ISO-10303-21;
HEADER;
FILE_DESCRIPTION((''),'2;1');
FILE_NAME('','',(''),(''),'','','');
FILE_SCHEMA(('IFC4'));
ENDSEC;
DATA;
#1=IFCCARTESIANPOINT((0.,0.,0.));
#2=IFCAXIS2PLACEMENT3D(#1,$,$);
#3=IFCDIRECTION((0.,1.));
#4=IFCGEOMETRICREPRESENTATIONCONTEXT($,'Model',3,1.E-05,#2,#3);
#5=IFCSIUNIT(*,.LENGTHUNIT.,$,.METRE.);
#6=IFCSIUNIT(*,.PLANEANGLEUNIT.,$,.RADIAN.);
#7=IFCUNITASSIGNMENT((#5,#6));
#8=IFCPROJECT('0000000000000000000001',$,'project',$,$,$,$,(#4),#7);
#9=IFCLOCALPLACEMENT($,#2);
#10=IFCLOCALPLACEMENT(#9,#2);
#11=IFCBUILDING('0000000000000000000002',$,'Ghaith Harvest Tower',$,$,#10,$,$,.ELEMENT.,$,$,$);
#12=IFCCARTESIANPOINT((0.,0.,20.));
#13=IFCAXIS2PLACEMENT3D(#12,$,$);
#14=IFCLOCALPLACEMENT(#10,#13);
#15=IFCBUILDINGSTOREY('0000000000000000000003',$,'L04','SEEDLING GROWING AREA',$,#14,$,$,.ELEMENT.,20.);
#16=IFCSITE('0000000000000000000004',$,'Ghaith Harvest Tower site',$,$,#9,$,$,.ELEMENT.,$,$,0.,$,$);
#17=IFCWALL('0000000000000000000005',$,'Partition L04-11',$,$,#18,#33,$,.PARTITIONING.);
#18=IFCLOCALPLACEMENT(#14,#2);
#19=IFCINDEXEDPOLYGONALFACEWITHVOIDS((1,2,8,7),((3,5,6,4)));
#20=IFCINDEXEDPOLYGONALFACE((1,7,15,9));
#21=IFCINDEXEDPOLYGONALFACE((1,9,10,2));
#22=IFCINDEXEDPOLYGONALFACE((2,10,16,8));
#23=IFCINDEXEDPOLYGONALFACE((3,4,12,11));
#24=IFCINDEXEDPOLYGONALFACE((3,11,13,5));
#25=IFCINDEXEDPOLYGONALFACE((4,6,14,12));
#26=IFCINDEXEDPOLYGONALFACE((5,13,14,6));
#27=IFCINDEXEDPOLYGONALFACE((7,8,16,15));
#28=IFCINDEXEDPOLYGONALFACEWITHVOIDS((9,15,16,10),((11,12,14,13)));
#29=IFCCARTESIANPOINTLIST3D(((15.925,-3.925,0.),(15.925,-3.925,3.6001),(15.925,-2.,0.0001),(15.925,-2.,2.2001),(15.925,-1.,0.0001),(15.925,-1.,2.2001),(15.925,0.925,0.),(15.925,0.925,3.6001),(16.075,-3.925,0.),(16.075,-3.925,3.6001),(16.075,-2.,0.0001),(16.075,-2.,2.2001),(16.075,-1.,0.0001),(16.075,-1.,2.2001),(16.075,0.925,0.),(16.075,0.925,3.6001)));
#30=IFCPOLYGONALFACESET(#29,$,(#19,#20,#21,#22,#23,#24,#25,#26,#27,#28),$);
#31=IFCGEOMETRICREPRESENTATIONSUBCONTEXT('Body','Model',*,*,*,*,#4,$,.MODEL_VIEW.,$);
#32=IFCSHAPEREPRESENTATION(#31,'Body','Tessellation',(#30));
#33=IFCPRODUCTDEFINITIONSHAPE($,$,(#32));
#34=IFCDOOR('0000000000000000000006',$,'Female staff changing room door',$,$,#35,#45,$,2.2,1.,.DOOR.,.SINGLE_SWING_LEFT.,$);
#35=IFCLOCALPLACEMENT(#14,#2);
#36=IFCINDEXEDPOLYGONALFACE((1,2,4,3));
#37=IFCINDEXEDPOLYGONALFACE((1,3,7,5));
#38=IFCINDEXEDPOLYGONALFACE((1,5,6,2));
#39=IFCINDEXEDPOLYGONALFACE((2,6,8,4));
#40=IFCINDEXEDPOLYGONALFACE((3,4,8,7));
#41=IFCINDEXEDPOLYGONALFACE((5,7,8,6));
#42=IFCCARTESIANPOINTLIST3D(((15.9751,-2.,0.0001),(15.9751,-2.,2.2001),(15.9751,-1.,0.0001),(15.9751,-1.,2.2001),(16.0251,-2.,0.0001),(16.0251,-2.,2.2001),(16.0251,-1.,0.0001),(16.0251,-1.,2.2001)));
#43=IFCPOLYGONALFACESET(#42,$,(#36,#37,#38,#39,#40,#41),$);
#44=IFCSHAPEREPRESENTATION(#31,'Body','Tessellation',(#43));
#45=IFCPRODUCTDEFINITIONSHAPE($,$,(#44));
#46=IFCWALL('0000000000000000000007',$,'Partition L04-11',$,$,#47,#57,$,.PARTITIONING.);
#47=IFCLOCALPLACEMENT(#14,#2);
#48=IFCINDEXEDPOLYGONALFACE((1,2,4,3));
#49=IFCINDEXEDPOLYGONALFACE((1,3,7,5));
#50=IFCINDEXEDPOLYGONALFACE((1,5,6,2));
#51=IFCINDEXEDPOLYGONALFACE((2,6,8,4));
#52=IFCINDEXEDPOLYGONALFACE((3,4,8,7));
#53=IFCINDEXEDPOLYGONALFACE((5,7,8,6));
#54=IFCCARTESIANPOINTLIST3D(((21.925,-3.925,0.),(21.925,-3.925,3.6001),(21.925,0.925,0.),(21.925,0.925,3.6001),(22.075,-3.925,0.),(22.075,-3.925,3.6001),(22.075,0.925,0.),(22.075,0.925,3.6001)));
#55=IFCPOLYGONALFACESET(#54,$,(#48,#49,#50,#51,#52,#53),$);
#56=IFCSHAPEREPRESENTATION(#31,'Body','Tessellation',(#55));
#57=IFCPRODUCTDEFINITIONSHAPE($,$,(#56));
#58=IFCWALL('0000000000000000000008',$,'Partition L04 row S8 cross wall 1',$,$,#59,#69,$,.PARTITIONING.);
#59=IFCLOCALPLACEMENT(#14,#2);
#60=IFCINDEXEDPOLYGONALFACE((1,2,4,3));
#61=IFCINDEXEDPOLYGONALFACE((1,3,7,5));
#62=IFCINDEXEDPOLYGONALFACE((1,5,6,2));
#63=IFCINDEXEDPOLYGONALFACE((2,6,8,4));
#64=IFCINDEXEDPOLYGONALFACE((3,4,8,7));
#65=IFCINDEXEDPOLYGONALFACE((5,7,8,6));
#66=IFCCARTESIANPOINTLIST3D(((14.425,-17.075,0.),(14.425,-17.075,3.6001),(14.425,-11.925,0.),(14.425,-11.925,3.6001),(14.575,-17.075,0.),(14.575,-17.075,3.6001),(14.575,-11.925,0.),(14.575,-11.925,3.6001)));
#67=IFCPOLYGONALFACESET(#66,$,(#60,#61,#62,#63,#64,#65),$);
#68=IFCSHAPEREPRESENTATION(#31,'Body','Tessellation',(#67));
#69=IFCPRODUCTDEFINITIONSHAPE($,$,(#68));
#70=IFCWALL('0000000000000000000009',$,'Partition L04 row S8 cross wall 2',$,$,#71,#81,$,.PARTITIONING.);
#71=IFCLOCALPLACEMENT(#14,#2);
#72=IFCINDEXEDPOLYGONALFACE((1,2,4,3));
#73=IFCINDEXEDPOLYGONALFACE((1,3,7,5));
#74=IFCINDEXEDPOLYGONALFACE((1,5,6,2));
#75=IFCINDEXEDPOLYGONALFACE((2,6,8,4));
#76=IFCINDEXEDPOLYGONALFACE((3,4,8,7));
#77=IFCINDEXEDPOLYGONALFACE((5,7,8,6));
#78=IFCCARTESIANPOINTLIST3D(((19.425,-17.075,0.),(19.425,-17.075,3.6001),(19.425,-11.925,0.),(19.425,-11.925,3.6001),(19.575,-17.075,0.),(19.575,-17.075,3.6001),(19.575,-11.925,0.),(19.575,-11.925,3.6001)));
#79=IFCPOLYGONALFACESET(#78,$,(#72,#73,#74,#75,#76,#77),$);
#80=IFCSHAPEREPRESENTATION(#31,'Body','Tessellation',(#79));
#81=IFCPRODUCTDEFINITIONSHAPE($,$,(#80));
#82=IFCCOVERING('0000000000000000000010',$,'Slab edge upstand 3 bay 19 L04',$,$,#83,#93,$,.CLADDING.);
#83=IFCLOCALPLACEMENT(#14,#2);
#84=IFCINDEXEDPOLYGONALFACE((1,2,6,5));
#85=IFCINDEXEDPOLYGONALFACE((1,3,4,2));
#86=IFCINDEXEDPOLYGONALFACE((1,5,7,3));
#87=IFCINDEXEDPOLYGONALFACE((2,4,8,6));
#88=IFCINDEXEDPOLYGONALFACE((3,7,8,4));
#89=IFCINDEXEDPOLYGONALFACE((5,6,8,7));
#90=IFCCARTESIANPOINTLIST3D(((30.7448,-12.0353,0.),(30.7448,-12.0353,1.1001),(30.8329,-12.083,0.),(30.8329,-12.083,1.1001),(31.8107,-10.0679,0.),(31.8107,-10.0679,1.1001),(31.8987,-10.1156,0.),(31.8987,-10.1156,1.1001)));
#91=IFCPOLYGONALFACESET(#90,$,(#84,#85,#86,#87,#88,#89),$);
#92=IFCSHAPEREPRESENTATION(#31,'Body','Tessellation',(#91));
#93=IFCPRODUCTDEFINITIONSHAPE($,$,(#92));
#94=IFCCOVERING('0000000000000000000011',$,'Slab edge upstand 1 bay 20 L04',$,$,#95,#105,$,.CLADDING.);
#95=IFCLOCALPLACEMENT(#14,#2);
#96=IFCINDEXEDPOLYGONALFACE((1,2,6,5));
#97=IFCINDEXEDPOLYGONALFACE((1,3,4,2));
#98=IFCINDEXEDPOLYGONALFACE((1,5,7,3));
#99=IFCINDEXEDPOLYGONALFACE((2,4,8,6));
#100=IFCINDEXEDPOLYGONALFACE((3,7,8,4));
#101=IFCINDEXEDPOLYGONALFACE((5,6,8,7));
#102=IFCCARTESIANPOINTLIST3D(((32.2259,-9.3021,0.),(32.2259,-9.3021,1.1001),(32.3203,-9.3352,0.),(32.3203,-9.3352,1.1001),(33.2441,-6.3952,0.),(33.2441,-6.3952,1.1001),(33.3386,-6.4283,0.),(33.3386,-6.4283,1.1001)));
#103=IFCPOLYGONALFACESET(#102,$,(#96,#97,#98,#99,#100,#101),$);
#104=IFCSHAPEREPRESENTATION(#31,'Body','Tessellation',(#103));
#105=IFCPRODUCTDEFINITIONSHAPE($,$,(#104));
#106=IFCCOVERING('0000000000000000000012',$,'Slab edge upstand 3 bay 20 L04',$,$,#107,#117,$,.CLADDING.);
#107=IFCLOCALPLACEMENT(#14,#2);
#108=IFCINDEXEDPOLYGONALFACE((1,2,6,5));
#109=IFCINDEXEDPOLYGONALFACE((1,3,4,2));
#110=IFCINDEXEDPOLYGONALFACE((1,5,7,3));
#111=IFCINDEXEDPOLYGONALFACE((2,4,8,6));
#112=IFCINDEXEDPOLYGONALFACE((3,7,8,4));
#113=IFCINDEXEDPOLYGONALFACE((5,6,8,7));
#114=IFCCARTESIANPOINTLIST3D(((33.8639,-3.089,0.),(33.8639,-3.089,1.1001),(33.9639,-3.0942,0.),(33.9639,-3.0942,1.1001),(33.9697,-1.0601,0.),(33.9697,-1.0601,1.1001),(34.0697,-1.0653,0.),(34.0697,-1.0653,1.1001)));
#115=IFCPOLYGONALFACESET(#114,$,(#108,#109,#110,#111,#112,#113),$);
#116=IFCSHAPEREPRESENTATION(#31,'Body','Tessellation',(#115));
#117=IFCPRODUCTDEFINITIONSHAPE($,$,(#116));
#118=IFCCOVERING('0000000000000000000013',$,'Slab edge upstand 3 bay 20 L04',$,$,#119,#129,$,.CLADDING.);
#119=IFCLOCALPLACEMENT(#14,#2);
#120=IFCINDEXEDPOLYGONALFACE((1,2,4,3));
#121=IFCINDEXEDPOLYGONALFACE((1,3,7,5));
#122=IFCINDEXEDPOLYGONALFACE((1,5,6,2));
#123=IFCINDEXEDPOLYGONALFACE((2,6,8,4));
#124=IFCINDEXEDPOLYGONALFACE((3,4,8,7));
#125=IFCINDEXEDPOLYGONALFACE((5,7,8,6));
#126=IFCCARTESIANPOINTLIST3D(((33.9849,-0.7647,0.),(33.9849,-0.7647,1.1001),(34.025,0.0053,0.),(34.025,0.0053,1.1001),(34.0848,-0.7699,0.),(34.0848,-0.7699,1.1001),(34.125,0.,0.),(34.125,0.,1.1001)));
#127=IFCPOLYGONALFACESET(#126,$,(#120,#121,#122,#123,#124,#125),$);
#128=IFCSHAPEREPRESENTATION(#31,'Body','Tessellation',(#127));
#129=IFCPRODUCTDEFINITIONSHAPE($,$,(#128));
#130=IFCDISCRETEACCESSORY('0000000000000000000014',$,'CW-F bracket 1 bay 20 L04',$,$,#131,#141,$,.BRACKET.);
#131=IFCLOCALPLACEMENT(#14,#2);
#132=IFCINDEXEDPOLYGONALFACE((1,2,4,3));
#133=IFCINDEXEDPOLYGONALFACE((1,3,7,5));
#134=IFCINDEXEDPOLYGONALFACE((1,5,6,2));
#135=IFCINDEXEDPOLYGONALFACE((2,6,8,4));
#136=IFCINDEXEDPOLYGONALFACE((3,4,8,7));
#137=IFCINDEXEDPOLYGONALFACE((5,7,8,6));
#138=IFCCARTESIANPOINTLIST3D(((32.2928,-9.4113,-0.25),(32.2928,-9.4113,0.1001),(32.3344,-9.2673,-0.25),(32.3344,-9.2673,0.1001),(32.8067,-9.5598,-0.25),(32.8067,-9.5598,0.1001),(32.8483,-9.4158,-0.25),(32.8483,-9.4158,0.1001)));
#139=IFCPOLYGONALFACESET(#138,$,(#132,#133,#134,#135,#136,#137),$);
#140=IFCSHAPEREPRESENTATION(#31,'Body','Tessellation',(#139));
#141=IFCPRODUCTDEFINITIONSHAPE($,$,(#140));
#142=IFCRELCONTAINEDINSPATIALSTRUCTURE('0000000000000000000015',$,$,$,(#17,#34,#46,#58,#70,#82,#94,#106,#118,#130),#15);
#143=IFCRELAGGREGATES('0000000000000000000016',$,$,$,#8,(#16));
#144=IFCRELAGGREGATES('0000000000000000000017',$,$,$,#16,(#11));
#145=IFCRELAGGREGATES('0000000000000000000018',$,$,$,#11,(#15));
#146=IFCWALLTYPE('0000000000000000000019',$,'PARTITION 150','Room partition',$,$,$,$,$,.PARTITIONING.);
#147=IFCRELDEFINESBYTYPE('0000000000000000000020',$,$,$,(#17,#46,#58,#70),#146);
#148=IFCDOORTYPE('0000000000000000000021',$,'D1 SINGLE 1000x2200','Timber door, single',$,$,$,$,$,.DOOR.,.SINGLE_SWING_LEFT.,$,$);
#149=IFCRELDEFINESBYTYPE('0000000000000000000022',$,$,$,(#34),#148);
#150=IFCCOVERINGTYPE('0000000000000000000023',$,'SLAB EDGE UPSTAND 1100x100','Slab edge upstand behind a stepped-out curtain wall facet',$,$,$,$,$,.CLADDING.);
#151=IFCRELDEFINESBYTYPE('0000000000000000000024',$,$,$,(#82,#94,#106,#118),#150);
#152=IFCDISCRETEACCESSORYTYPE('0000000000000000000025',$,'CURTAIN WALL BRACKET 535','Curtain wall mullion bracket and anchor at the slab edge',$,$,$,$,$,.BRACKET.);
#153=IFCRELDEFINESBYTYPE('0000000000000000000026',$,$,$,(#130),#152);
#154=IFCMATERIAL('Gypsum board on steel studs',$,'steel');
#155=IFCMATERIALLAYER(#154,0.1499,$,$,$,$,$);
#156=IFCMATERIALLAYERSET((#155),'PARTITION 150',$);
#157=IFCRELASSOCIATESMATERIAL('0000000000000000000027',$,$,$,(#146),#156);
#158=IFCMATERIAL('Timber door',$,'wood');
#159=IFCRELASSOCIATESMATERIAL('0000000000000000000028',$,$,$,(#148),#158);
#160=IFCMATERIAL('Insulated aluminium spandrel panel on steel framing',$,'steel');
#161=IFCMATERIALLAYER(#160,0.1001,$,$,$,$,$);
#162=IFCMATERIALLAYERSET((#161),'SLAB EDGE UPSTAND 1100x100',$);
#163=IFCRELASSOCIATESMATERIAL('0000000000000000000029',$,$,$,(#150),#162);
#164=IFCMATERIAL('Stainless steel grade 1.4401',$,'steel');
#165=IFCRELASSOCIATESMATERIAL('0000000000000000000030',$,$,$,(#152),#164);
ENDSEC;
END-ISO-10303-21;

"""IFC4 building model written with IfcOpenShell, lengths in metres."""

from ifc_helpers import new_model, si_unit, direction, frame, frame_2d, origin, origin_2d, place, context, subcontext, project, spatial, rectangle, extrude, material, layer, layer_set, type_object, element, fill, save


model = new_model("IFC4")

# Units and contexts
model_context = context("Model", 3, precision=1e-05, world=origin(), true_north=direction((0.0, 1.0)))
body_context = subcontext(model_context, "Body", "Model", "MODEL_VIEW")
ifc_project = project(units=[si_unit("LENGTHUNIT", "METRE"), si_unit("PLANEANGLEUNIT", "RADIAN")], contexts=[model_context])

# Site, building, storey
site_placement = place(None, origin())
site = spatial("IfcSite", under=ifc_project, at=site_placement, Name="Ghaith Harvest Tower site", CompositionType="ELEMENT", RefElevation=0.0)
building_placement = place(site_placement, origin())
building = spatial("IfcBuilding", under=site, at=building_placement, Name="Ghaith Harvest Tower", CompositionType="ELEMENT")
storey_placement = place(building_placement, frame((0.0, 0.0, 20.0)))
storey = spatial("IfcBuildingStorey", under=building, at=storey_placement, Name="L04", Description="SEEDLING GROWING AREA", CompositionType="ELEMENT", Elevation=20.0)

# Shared definitions
ifc_material_1 = material(Name="Gypsum board on steel studs", Category="steel")
ifc_layer_1 = layer(ifc_material_1, 0.1499)
ifc_layer_set_1 = layer_set([ifc_layer_1], Name="PARTITION 150")
wall_type = type_object("IfcWallType", Name="PARTITION 150", Description="Room partition", PredefinedType="PARTITIONING", material=ifc_layer_set_1)

# Shared definitions
ifc_material_2 = material(Name="Timber door", Category="wood")
door_type_1 = type_object("IfcDoorType", Name="D1 SINGLE 1000x2200", Description="Timber door, single", OperationType="SINGLE_SWING_LEFT", PredefinedType="DOOR", material=ifc_material_2)

# Wall, opening, door
wall_1_placement = place(storey_placement, frame((16.0, -3.925, 0.0), z_axis=(0.0, 0.0, 1.0), x_axis=(0.0, 1.0, 0.0)))
wall_1 = element("IfcWall", 1, at=wall_1_placement, inside=storey, type_object=wall_type, Name="Partition L04-11", PredefinedType="PARTITIONING", context=body_context, shape_type="SweptSolid", body=[
    extrude(rectangle(XDim=4.8501, YDim=0.1499, at=frame_2d((2.425, 0.0))), origin(), (0.0, 0.0, 1.0), 3.6001),
])
opening_1_placement = place(wall_1_placement, frame((1.925, 0.0, 0.0)))
opening_1 = element("IfcOpeningElement", 2, at=opening_1_placement, cuts=wall_1, PredefinedType="OPENING", context=body_context, shape_type="SweptSolid", body=[
    extrude(rectangle(XDim=1.0, YDim=2.2, at=frame_2d((0.5, 1.1001))), frame((0.0, 0.085, 0.0), z_axis=(0.0, -1.0, 0.0), x_axis=(1.0, 0.0, 0.0)), (0.0, 0.0, 1.0), 0.1699),
])
door_1_placement = place(opening_1_placement, origin())
door_1 = element("IfcDoor", 3, at=door_1_placement, inside=storey, type_object=door_type_1, Name="Female staff changing room door", OperationType="SINGLE_SWING_LEFT", OverallHeight=2.2, OverallWidth=1.0, PredefinedType="DOOR", context=body_context, shape_type="SweptSolid", body=[
    extrude(rectangle(XDim=1.0, YDim=2.2, at=frame_2d((0.5, 1.1001))), frame((0.0, 0.0249, 0.0), z_axis=(0.0, -1.0, 0.0), x_axis=(1.0, 0.0, 0.0)), (0.0, 0.0, 1.0), 0.05),
])
fill(opening_1, door_1)

# Walls
wall_2_placement = place(storey_placement, frame((22.0, -3.925, 0.0), z_axis=(0.0, 0.0, 1.0), x_axis=(0.0, 1.0, 0.0)))
element("IfcWall", 4, at=wall_2_placement, inside=storey, type_object=wall_type, Name="Partition L04-11", PredefinedType="PARTITIONING", context=body_context, shape_type="SweptSolid", body=[
    extrude(rectangle(XDim=4.8501, YDim=0.1499, at=frame_2d((2.425, 0.0))), origin(), (0.0, 0.0, 1.0), 3.6001),
])
for number, where, z_axis, x_axis, name in (
    (5, (14.5, -11.925, 0.0), (0.0, 0.0, 1.0), (0.0, -1.0, 0.0), "Partition L04 row S8 cross wall 1"),
    (6, (19.5, -11.925, 0.0), (0.0, 0.0, 1.0), (0.0, -1.0, 0.0), "Partition L04 row S8 cross wall 2"),
):
    element("IfcWall", number, at=place(storey_placement, frame(where, z_axis=z_axis, x_axis=x_axis)), inside=storey, type_object=wall_type, Name=name, PredefinedType="PARTITIONING", context=body_context, shape_type="SweptSolid", body=[
        extrude(rectangle(XDim=5.1499, YDim=0.1499, at=frame_2d((2.575, 0.0))), origin(), (0.0, 0.0, 1.0), 3.6001),
    ])

# Coverings
ifc_material_3 = material(Name="Insulated aluminium spandrel panel on steel framing", Category="steel")
ifc_layer_2 = layer(ifc_material_3, 0.1001)
ifc_layer_set_2 = layer_set([ifc_layer_2], Name="SLAB EDGE UPSTAND 1100x100")
covering_type = type_object("IfcCoveringType", Name="SLAB EDGE UPSTAND 1100x100", Description="Slab edge upstand behind a stepped-out curtain wall facet", PredefinedType="CLADDING", material=ifc_layer_set_2)
covering_1_placement = place(storey_placement, frame((31.3218, -11.0754, 0.0), z_axis=(0.0, 0.0, 1.0), x_axis=(0.476349, 0.879256, 0.0)))
element("IfcCovering", 7, at=covering_1_placement, inside=storey, type_object=covering_type, Name="Slab edge upstand 3 bay 19 L04", PredefinedType="CLADDING", context=body_context, shape_type="SweptSolid", body=[
    extrude(rectangle(XDim=2.2375, YDim=0.1001, at=origin_2d()), origin(), (0.0, 0.0, 1.0), 1.1001),
])
covering_2_placement = place(storey_placement, frame((32.7822, -7.8652, 0.0), z_axis=(0.0, 0.0, 1.0), x_axis=(0.330598, 0.943772, 0.0)))
element("IfcCovering", 8, at=covering_2_placement, inside=storey, type_object=covering_type, Name="Slab edge upstand 1 bay 20 L04", PredefinedType="CLADDING", context=body_context, shape_type="SweptSolid", body=[
    extrude(rectangle(XDim=3.0801, YDim=0.1001, at=origin_2d()), origin(), (0.0, 0.0, 1.0), 1.1001),
])
covering_3_placement = place(storey_placement, frame((33.9668, -2.0771, 0.0), z_axis=(0.0, 0.0, 1.0), x_axis=(0.052049, 0.998645, 0.0)))
element("IfcCovering", 9, at=covering_3_placement, inside=storey, type_object=covering_type, Name="Slab edge upstand 3 bay 20 L04", PredefinedType="CLADDING", context=body_context, shape_type="SweptSolid", body=[
    extrude(rectangle(XDim=2.0317, YDim=0.1001, at=origin_2d()), origin(), (0.0, 0.0, 1.0), 1.1001),
])
covering_4_placement = place(storey_placement, frame((34.0549, -0.3823, 0.0), z_axis=(0.0, 0.0, 1.0), x_axis=(0.052049, 0.998645, 0.0)))
element("IfcCovering", 10, at=covering_4_placement, inside=storey, type_object=covering_type, Name="Slab edge upstand 3 bay 20 L04", PredefinedType="CLADDING", context=body_context, shape_type="SweptSolid", body=[
    extrude(rectangle(XDim=0.771, YDim=0.1001, at=origin_2d()), origin(), (0.0, 0.0, 1.0), 1.1001),
])

# Discrete accessory
ifc_material_4 = material(Name="Stainless steel grade 1.4401", Category="steel")
discrete_accessory_type = type_object("IfcDiscreteAccessoryType", Name="CURTAIN WALL BRACKET 535", Description="Curtain wall mullion bracket and anchor at the slab edge", PredefinedType="BRACKET", material=ifc_material_4)
discrete_accessory_placement = place(storey_placement, frame((32.5706, -9.4136, -0.25), z_axis=(0.0, 0.0, 1.0), x_axis=(0.96068, -0.277657, 0.0)))
element("IfcDiscreteAccessory", 11, at=discrete_accessory_placement, inside=storey, type_object=discrete_accessory_type, Name="CW-F bracket 1 bay 20 L04", PredefinedType="BRACKET", context=body_context, shape_type="SweptSolid", body=[
    extrude(rectangle(XDim=0.5349, YDim=0.1499, at=origin_2d()), origin(), (0.0, 0.0, 1.0), 0.3501),
])

save(model, "model.ifc")
